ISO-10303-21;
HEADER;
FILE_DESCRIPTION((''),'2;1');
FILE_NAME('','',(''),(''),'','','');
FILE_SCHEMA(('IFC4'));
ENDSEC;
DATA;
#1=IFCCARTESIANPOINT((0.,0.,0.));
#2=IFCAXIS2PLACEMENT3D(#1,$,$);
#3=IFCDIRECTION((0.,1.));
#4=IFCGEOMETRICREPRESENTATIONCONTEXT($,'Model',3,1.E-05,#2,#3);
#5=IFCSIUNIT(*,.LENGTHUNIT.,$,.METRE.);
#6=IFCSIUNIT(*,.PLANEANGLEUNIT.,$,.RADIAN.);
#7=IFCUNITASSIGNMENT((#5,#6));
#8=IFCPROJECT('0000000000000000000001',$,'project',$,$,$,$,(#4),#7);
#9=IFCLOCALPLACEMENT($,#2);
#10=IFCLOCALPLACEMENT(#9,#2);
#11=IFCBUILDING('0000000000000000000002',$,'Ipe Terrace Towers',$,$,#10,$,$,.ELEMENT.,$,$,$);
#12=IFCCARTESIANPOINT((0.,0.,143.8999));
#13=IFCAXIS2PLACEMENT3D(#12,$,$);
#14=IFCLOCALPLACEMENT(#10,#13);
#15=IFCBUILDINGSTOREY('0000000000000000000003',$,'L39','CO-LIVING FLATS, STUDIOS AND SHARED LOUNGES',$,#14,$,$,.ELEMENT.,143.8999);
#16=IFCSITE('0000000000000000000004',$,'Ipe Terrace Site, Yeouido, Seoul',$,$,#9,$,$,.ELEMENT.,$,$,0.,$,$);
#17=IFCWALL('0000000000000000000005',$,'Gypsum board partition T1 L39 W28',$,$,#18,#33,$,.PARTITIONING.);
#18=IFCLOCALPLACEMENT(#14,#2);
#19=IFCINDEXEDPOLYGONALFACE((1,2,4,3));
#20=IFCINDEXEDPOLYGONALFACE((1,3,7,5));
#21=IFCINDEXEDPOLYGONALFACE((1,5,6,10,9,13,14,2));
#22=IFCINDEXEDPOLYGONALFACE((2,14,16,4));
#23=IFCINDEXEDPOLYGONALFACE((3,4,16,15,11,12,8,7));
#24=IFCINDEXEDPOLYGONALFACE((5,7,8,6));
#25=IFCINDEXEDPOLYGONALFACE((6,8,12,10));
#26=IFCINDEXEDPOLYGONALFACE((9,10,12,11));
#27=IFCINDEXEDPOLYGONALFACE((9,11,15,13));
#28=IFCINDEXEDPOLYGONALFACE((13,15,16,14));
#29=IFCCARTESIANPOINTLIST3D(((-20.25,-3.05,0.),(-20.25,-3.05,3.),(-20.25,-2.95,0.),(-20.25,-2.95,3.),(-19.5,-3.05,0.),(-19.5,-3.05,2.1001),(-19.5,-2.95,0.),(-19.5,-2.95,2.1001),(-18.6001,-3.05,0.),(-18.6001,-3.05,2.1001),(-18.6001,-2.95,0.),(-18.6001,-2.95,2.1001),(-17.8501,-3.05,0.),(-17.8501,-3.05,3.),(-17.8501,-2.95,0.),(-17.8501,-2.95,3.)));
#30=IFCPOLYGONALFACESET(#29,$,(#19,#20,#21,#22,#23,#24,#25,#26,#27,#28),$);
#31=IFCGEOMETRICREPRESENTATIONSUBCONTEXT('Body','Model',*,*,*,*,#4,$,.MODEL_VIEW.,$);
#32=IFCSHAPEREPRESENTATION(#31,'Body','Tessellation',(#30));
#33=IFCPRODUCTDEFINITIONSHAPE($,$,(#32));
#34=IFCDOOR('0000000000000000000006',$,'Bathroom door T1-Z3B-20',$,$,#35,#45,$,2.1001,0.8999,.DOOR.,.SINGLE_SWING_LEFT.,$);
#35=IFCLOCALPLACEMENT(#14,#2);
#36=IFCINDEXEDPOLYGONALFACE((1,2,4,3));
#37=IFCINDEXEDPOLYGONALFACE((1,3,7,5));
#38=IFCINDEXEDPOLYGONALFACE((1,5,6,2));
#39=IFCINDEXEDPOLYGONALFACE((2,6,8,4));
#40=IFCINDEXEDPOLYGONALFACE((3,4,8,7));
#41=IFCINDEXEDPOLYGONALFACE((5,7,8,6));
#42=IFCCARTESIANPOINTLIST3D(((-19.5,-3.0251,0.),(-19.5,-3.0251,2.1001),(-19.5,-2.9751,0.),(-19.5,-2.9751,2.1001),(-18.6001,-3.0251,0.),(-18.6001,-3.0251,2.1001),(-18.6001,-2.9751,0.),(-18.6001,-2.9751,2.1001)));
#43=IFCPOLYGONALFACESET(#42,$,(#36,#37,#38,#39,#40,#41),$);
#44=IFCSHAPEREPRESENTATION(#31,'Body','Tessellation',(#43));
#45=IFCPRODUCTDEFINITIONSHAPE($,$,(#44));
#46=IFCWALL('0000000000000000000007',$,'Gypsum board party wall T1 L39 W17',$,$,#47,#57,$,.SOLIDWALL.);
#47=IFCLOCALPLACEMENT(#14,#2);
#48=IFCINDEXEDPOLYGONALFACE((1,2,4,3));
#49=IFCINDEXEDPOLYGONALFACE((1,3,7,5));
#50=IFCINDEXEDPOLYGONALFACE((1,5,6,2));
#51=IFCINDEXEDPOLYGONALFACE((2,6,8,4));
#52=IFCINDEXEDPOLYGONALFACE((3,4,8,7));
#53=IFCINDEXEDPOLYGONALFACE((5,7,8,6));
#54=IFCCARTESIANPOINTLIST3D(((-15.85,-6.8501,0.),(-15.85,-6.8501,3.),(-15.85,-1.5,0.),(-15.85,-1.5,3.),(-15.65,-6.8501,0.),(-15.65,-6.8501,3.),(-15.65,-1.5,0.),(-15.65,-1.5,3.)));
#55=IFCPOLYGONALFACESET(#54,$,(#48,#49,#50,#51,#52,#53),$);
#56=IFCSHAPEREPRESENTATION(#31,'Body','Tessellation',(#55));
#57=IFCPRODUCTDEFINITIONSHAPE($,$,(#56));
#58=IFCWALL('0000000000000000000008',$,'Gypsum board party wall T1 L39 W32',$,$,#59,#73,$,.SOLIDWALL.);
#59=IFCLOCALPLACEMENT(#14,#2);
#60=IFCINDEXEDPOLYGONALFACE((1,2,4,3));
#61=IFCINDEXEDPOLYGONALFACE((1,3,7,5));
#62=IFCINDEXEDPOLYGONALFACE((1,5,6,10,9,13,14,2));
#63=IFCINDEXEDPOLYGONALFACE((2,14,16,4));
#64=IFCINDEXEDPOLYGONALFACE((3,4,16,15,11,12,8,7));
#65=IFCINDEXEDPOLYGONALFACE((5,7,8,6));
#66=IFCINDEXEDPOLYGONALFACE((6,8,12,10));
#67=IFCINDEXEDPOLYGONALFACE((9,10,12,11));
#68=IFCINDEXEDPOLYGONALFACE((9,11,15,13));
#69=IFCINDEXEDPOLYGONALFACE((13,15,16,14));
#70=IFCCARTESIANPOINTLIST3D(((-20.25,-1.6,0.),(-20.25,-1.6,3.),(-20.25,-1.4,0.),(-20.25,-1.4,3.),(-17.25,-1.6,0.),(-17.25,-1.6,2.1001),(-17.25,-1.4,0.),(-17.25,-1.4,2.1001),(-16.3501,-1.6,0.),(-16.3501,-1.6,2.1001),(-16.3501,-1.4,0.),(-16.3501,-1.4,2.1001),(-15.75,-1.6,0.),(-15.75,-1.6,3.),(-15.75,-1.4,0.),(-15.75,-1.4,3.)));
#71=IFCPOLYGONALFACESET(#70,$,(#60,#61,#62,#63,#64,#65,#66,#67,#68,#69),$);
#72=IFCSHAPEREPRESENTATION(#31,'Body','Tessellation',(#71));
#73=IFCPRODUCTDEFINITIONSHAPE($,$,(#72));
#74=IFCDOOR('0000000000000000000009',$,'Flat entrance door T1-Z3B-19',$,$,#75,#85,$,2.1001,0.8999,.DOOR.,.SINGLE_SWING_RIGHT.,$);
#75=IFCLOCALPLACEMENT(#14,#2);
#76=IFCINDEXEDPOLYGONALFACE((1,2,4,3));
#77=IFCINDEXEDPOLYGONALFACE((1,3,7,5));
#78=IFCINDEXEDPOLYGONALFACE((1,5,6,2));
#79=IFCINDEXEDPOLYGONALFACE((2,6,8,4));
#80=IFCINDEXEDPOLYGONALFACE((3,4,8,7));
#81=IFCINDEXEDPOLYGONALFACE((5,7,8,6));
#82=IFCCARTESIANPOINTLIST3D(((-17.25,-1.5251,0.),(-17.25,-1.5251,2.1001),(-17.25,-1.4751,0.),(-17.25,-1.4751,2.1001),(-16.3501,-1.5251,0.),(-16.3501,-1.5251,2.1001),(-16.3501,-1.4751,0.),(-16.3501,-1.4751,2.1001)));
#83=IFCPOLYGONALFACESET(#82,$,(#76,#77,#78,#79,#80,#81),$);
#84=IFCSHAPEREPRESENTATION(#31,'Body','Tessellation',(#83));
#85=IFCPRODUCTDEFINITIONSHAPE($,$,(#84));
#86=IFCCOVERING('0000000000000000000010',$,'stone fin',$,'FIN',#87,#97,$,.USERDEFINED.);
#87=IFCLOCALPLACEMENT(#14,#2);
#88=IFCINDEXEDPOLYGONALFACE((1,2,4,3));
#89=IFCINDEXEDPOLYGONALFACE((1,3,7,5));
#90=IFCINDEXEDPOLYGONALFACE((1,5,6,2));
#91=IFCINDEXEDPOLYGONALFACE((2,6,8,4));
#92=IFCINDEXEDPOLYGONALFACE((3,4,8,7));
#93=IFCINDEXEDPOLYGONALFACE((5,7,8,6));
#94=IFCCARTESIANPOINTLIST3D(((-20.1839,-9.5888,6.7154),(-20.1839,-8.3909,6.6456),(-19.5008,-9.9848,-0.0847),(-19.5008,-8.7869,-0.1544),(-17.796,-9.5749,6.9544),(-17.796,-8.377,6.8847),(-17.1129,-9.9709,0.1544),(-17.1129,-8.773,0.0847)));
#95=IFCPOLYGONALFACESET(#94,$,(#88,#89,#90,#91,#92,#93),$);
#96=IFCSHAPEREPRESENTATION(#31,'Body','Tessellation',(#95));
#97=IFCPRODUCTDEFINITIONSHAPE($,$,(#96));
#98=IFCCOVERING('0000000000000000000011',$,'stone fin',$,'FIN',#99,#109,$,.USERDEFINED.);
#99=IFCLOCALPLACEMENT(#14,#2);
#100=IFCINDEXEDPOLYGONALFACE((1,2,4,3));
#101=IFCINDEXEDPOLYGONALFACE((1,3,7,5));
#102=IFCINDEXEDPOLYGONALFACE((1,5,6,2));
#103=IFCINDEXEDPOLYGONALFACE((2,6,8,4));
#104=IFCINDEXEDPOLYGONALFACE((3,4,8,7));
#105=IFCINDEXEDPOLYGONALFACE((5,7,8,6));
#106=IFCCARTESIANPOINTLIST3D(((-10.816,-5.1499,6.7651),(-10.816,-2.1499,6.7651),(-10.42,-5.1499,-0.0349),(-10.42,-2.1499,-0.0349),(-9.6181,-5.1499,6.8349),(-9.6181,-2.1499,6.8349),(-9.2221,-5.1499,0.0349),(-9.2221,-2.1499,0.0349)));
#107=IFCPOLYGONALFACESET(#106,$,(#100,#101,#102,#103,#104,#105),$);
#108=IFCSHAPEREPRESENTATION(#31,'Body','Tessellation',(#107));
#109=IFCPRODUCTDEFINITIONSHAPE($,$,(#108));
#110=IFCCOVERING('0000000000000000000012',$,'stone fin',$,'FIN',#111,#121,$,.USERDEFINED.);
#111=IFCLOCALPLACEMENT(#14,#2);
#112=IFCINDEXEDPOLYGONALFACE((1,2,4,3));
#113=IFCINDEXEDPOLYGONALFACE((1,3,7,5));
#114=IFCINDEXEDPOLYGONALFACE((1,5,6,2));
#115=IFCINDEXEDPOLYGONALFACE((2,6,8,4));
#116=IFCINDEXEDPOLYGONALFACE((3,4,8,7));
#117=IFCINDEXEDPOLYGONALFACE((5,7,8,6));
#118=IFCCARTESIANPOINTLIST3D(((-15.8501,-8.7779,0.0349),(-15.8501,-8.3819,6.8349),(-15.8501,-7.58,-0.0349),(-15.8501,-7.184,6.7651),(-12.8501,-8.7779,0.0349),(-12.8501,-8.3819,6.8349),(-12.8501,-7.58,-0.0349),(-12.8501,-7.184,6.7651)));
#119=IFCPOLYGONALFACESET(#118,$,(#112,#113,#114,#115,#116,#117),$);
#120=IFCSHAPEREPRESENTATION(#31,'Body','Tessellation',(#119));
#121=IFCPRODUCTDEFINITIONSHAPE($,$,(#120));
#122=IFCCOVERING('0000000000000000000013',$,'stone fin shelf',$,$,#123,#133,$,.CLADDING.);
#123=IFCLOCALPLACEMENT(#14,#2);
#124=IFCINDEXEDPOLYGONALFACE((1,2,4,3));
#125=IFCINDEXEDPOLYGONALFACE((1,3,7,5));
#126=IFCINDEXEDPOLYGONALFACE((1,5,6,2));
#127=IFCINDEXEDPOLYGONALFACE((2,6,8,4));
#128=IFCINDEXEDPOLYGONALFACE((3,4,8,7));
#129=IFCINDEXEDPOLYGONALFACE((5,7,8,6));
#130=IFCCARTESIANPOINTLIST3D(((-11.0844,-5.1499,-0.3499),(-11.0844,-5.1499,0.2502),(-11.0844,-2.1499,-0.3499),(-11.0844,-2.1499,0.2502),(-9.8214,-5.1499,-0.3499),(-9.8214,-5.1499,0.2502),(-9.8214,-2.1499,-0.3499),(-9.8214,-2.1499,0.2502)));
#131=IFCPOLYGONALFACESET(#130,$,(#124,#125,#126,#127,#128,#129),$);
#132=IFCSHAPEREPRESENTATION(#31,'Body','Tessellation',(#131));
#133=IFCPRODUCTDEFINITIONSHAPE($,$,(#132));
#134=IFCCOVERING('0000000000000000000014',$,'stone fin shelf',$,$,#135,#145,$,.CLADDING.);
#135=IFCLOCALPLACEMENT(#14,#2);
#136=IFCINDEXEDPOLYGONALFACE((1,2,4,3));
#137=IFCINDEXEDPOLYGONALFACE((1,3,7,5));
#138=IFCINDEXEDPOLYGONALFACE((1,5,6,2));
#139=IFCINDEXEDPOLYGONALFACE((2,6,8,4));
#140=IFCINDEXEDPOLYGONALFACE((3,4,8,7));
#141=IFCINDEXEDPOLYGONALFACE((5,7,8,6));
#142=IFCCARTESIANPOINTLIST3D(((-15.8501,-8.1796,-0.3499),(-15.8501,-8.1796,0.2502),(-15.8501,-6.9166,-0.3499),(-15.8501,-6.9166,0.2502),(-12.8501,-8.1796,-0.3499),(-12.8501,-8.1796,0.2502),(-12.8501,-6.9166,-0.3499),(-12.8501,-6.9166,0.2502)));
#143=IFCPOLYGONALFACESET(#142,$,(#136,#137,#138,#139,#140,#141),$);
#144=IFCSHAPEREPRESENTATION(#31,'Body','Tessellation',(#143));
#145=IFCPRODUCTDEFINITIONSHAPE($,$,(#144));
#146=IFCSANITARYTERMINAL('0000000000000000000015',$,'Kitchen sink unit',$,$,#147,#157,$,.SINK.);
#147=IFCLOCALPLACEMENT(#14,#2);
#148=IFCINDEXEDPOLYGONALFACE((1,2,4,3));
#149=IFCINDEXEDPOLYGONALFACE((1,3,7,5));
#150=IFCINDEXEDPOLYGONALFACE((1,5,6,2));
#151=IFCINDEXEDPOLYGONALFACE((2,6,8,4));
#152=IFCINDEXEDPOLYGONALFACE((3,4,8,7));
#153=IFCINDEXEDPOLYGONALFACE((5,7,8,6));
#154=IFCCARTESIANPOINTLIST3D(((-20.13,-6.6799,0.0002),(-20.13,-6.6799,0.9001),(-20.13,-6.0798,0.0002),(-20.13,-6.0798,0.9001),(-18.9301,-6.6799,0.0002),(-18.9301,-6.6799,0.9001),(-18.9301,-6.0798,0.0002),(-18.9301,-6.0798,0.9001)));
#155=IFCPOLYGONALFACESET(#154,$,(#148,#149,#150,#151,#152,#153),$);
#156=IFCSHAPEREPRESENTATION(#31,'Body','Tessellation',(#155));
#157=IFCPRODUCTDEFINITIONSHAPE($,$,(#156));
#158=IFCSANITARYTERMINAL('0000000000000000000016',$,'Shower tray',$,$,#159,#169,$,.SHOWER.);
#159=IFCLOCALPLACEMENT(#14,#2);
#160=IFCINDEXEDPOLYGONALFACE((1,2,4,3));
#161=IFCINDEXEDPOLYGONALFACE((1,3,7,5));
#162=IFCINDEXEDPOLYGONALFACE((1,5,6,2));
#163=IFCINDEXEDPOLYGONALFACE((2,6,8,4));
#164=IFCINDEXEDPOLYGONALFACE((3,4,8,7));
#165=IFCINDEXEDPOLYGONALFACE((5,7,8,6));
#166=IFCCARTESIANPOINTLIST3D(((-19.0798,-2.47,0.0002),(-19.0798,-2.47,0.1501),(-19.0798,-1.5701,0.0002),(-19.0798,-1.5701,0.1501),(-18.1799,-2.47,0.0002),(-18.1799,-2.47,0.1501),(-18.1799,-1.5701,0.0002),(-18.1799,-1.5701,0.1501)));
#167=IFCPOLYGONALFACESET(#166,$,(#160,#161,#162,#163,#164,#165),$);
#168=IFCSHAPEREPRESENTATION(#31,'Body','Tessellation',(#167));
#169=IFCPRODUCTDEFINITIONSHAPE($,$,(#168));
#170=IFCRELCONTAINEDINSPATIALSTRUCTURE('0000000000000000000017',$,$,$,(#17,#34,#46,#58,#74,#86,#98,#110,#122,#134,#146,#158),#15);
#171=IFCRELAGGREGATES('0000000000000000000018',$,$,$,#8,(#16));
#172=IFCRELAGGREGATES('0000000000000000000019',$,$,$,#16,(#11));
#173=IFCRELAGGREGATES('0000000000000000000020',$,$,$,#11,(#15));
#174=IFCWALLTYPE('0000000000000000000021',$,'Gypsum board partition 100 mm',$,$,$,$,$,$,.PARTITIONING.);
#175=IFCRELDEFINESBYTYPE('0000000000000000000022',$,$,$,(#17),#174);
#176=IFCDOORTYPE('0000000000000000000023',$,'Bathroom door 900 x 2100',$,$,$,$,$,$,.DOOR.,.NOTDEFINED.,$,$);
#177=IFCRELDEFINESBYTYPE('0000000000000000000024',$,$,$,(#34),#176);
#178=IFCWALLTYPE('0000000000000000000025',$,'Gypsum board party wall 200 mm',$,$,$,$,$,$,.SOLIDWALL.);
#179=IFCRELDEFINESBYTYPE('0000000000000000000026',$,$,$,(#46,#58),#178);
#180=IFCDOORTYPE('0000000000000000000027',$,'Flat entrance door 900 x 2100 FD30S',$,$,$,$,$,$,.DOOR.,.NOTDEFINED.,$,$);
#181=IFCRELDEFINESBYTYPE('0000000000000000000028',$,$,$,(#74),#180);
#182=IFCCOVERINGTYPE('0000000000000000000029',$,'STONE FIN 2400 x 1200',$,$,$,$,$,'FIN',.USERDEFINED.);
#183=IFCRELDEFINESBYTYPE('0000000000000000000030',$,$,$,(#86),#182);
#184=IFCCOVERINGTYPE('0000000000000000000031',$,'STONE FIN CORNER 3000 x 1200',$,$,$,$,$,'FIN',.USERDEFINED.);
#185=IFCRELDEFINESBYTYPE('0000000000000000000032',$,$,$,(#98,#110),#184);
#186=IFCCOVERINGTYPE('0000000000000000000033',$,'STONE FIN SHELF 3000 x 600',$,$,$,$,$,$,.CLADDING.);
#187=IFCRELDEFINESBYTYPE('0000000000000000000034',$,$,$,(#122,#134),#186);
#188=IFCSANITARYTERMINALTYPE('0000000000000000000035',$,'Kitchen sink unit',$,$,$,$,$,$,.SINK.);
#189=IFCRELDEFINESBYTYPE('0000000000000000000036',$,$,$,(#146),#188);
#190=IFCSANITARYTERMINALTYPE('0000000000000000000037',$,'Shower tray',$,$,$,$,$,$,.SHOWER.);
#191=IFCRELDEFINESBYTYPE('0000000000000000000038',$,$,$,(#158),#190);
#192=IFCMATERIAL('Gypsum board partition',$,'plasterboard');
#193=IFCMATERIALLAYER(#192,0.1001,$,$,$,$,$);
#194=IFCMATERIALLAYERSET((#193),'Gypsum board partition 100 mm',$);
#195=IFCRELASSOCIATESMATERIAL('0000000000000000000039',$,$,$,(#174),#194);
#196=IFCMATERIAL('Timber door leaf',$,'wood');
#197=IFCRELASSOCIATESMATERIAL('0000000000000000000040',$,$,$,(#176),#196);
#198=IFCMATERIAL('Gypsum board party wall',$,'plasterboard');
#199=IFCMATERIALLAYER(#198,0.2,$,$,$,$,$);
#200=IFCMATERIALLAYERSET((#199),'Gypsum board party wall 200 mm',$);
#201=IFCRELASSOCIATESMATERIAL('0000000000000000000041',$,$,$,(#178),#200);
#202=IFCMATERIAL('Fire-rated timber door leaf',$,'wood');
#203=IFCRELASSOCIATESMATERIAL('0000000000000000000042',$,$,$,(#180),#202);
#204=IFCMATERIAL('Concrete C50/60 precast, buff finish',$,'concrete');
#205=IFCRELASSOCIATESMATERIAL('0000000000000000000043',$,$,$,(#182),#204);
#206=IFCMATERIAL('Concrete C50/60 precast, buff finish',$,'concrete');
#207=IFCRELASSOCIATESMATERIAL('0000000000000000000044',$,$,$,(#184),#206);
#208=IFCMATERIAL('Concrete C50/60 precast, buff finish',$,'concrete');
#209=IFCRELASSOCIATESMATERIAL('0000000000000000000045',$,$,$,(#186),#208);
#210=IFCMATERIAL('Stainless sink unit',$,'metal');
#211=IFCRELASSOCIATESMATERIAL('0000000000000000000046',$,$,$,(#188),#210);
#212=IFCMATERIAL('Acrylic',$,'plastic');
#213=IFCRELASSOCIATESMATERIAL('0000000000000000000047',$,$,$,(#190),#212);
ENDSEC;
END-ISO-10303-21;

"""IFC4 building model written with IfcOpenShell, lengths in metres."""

from ifc_helpers import new_model, si_unit, direction, frame, frame_2d, origin, origin_2d, place, context, subcontext, project, spatial, rectangle, extrude, material, layer, layer_set, material_profile, profile_set, type_object, element, fill, save


model = new_model("IFC4")

# Units and contexts
model_context = context("Model", 3, precision=1e-05, world=origin(), true_north=direction((0.0, 1.0)))
body_context = subcontext(model_context, "Body", "Model", "MODEL_VIEW")
ifc_project = project(units=[si_unit("LENGTHUNIT", "METRE"), si_unit("PLANEANGLEUNIT", "RADIAN")], contexts=[model_context])

# Site, building, storey
site_placement = place(None, origin())
site = spatial("IfcSite", under=ifc_project, at=site_placement, Name="Ipe Terrace Site, Yeouido, Seoul", CompositionType="ELEMENT", RefElevation=0.0)
building_placement = place(site_placement, origin())
building = spatial("IfcBuilding", under=site, at=building_placement, Name="Ipe Terrace Towers", CompositionType="ELEMENT")
storey_placement = place(building_placement, frame((0.0, 0.0, 143.8999)))
storey = spatial("IfcBuildingStorey", under=building, at=storey_placement, Name="L39", Description="CO-LIVING FLATS, STUDIOS AND SHARED LOUNGES", CompositionType="ELEMENT", Elevation=143.8999)

# Shared definitions
ifc_material_1 = material(Name="Gypsum board partition", Category="plasterboard")
ifc_layer_1 = layer(ifc_material_1, 0.1001)
ifc_layer_set_1 = layer_set([ifc_layer_1], Name="Gypsum board partition 100 mm")
wall_type_1 = type_object("IfcWallType", Name="Gypsum board partition 100 mm", PredefinedType="PARTITIONING", material=ifc_layer_set_1)

# Wall, opening, door
wall_1_placement = place(storey_placement, frame((-20.25, -3.0, 0.0), z_axis=(0.0, 0.0, 1.0), x_axis=(1.0, 0.0, 0.0)))
wall_1 = element("IfcWall", 1, at=wall_1_placement, inside=storey, type_object=wall_type_1, Name="Gypsum board partition T1 L39 W28", PredefinedType="PARTITIONING", context=body_context, shape_type="SweptSolid", body=[
    extrude(rectangle(XDim=2.3999, YDim=0.1001, at=frame_2d((1.2, 0.0))), origin(), (0.0, 0.0, 1.0), 3.0),
])
opening_1_placement = place(wall_1_placement, frame((0.75, 0.0, 0.0)))
opening_1 = element("IfcOpeningElement", 2, at=opening_1_placement, cuts=wall_1, PredefinedType="OPENING", context=body_context, shape_type="SweptSolid", body=[
    extrude(rectangle(XDim=0.8999, YDim=2.1001, at=frame_2d((0.45, 1.05))), frame((0.0, 0.0601, 0.0), z_axis=(0.0, -1.0, 0.0), x_axis=(1.0, 0.0, 0.0)), (0.0, 0.0, 1.0), 0.1201),
])
ifc_material_2 = material(Name="Timber door leaf", Category="wood")
door_type_1 = type_object("IfcDoorType", Name="Bathroom door 900 x 2100", OperationType="NOTDEFINED", PredefinedType="DOOR", material=ifc_material_2)
door_1_placement = place(opening_1_placement, origin())
door_1 = element("IfcDoor", 3, at=door_1_placement, inside=storey, type_object=door_type_1, Name="Bathroom door T1-Z3B-20", OperationType="SINGLE_SWING_LEFT", OverallHeight=2.1001, OverallWidth=0.8999, PredefinedType="DOOR", context=body_context, shape_type="SweptSolid", body=[
    extrude(rectangle(XDim=0.8999, YDim=2.1001, at=frame_2d((0.45, 1.05))), frame((0.0, 0.0249, 0.0), z_axis=(0.0, -1.0, 0.0), x_axis=(1.0, 0.0, 0.0)), (0.0, 0.0, 1.0), 0.05),
])
fill(opening_1, door_1)

# Wall
ifc_material_3 = material(Name="Gypsum board party wall", Category="plasterboard")
ifc_layer_2 = layer(ifc_material_3, 0.2)
ifc_layer_set_2 = layer_set([ifc_layer_2], Name="Gypsum board party wall 200 mm")
wall_type_2 = type_object("IfcWallType", Name="Gypsum board party wall 200 mm", PredefinedType="SOLIDWALL", material=ifc_layer_set_2)
wall_2_placement = place(storey_placement, frame((-15.75, -6.8501, 0.0), z_axis=(0.0, 0.0, 1.0), x_axis=(0.0, 1.0, 0.0)))
element("IfcWall", 4, at=wall_2_placement, inside=storey, type_object=wall_type_2, Name="Gypsum board party wall T1 L39 W17", PredefinedType="SOLIDWALL", context=body_context, shape_type="SweptSolid", body=[
    extrude(rectangle(XDim=5.3501, YDim=0.2, at=frame_2d((2.675, 0.0))), origin(), (0.0, 0.0, 1.0), 3.0),
])

# Wall, opening, door
wall_3_placement = place(storey_placement, frame((-20.25, -1.5, 0.0), z_axis=(0.0, 0.0, 1.0), x_axis=(1.0, 0.0, 0.0)))
wall_3 = element("IfcWall", 5, at=wall_3_placement, inside=storey, type_object=wall_type_2, Name="Gypsum board party wall T1 L39 W32", PredefinedType="SOLIDWALL", context=body_context, shape_type="SweptSolid", body=[
    extrude(rectangle(XDim=4.5, YDim=0.2, at=frame_2d((2.25, 0.0))), origin(), (0.0, 0.0, 1.0), 3.0),
])
opening_2_placement = place(wall_3_placement, frame((3.0, 0.0, 0.0)))
opening_2 = element("IfcOpeningElement", 6, at=opening_2_placement, cuts=wall_3, PredefinedType="OPENING", context=body_context, shape_type="SweptSolid", body=[
    extrude(rectangle(XDim=0.8999, YDim=2.1001, at=frame_2d((0.45, 1.05))), frame((0.0, 0.1099, 0.0), z_axis=(0.0, -1.0, 0.0), x_axis=(1.0, 0.0, 0.0)), (0.0, 0.0, 1.0), 0.22),
])
ifc_material_4 = material(Name="Fire-rated timber door leaf", Category="wood")
door_type_2 = type_object("IfcDoorType", Name="Flat entrance door 900 x 2100 FD30S", OperationType="NOTDEFINED", PredefinedType="DOOR", material=ifc_material_4)
door_2_placement = place(opening_2_placement, origin())
door_2 = element("IfcDoor", 7, at=door_2_placement, inside=storey, type_object=door_type_2, Name="Flat entrance door T1-Z3B-19", OperationType="SINGLE_SWING_RIGHT", OverallHeight=2.1001, OverallWidth=0.8999, PredefinedType="DOOR", context=body_context, shape_type="SweptSolid", body=[
    extrude(rectangle(XDim=0.8999, YDim=2.1001, at=frame_2d((0.45, 1.05))), frame((0.0, 0.0249, 0.0), z_axis=(0.0, -1.0, 0.0), x_axis=(1.0, 0.0, 0.0)), (0.0, 0.0, 1.0), 0.05),
])
fill(opening_2, door_2)

# Coverings
ifc_material_5 = material(Name="Concrete C50/60 precast, buff finish", Category="concrete")
ifc_material_profile_1 = material_profile(ifc_material_5, rectangle(XDim=2.3999, YDim=1.2, at=origin_2d()), Name="STONE FIN 2400 x 1200")
ifc_profile_set_1 = profile_set([ifc_material_profile_1], Name="Concrete C50/60 precast, buff finish")
covering_type_1 = type_object("IfcCoveringType", Name="STONE FIN 2400 x 1200", ElementType="FIN", PredefinedType="USERDEFINED", material=ifc_profile_set_1)
covering_placement = place(storey_placement, frame((-18.3069, -9.3789, 0.0), z_axis=(-0.099786, 0.057846, 0.993326), x_axis=(0.995009, 0.005801, 0.099617)))
element("IfcCovering", 8, at=covering_placement, inside=storey, type_object=covering_type_1, Name="stone fin", ObjectType="FIN", PredefinedType="USERDEFINED", context=body_context, shape_type="SweptSolid", body=[
    extrude(rectangle(XDim=2.3999, YDim=1.2, at=origin_2d()), origin(), (0.0, 0.0, 1.0), 6.8457),
])
ifc_material_6 = material(Name="Concrete C50/60 precast, buff finish", Category="concrete")
ifc_material_profile_2 = material_profile(ifc_material_6, rectangle(XDim=3.0, YDim=1.2, at=origin_2d()), Name="STONE FIN CORNER 3000 x 1200")
ifc_profile_set_2 = profile_set([ifc_material_profile_2], Name="Concrete C50/60 precast, buff finish")
covering_type_2 = type_object("IfcCoveringType", Name="STONE FIN CORNER 3000 x 1200", ElementType="FIN", PredefinedType="USERDEFINED", material=ifc_profile_set_2)
for number, where, z_axis, x_axis, name in (
    (9, (-9.821, -3.6499, 0.0), (-0.058136, 0.0, 0.998309), (0.0, 1.0, 0.0), "stone fin"),
    (10, (-14.3501, -8.179, 0.0), (0.0, 0.058136, 0.998309), (1.0, 0.0, 0.0), "stone fin"),
):
    element("IfcCovering", number, at=place(storey_placement, frame(where, z_axis=z_axis, x_axis=x_axis)), inside=storey, type_object=covering_type_2, Name=name, ObjectType="FIN", PredefinedType="USERDEFINED", context=body_context, shape_type="SweptSolid", body=[
        extrude(rectangle(XDim=3.0, YDim=1.2, at=origin_2d()), origin(), (0.0, 0.0, 1.0), 6.8115),
    ])
ifc_material_7 = material(Name="Concrete C50/60 precast, buff finish", Category="concrete")
covering_type_3 = type_object("IfcCoveringType", Name="STONE FIN SHELF 3000 x 600", PredefinedType="CLADDING", material=ifc_material_7)
for number, where, z_axis, x_axis, name in (
    (11, (-10.4529, -3.6499, -0.3499), (0.0, 0.0, 1.0), (0.0, 1.0, 0.0), "stone fin shelf"),
    (12, (-14.3501, -7.5481, -0.3499), (0.0, 0.0, 1.0), (1.0, 0.0, 0.0), "stone fin shelf"),
):
    element("IfcCovering", number, at=place(storey_placement, frame(where, z_axis=z_axis, x_axis=x_axis)), inside=storey, type_object=covering_type_3, Name=name, PredefinedType="CLADDING", context=body_context, shape_type="SweptSolid", body=[
        extrude(rectangle(XDim=3.0, YDim=1.2629, at=origin_2d()), origin(), (0.0, 0.0, 1.0), 0.6001),
    ])

# Sanitary terminals
ifc_material_8 = material(Name="Stainless sink unit", Category="metal")
sanitary_terminal_type_1 = type_object("IfcSanitaryTerminalType", Name="Kitchen sink unit", PredefinedType="SINK", material=ifc_material_8)
sanitary_terminal_1_placement = place(storey_placement, frame((-19.53, -6.3799, 0.0002), z_axis=(0.0, 0.0, 1.0), x_axis=(-1.0, 0.0, 0.0)))
element("IfcSanitaryTerminal", 13, at=sanitary_terminal_1_placement, inside=storey, type_object=sanitary_terminal_type_1, Name="Kitchen sink unit", PredefinedType="SINK", context=body_context, shape_type="SweptSolid", body=[
    extrude(rectangle(XDim=1.2, YDim=0.6001, at=origin_2d()), origin(), (0.0, 0.0, 1.0), 0.8999),
])
ifc_material_9 = material(Name="Acrylic", Category="plastic")
sanitary_terminal_type_2 = type_object("IfcSanitaryTerminalType", Name="Shower tray", PredefinedType="SHOWER", material=ifc_material_9)
sanitary_terminal_2_placement = place(storey_placement, frame((-18.6299, -2.02, 0.0002), z_axis=(0.0, 0.0, 1.0), x_axis=(0.0, -1.0, 0.0)))
element("IfcSanitaryTerminal", 14, at=sanitary_terminal_2_placement, inside=storey, type_object=sanitary_terminal_type_2, Name="Shower tray", PredefinedType="SHOWER", context=body_context, shape_type="SweptSolid", body=[
    extrude(rectangle(XDim=0.8999, YDim=0.8999, at=origin_2d()), origin(), (0.0, 0.0, 1.0), 0.1499),
])

save(model, "model.ifc")
